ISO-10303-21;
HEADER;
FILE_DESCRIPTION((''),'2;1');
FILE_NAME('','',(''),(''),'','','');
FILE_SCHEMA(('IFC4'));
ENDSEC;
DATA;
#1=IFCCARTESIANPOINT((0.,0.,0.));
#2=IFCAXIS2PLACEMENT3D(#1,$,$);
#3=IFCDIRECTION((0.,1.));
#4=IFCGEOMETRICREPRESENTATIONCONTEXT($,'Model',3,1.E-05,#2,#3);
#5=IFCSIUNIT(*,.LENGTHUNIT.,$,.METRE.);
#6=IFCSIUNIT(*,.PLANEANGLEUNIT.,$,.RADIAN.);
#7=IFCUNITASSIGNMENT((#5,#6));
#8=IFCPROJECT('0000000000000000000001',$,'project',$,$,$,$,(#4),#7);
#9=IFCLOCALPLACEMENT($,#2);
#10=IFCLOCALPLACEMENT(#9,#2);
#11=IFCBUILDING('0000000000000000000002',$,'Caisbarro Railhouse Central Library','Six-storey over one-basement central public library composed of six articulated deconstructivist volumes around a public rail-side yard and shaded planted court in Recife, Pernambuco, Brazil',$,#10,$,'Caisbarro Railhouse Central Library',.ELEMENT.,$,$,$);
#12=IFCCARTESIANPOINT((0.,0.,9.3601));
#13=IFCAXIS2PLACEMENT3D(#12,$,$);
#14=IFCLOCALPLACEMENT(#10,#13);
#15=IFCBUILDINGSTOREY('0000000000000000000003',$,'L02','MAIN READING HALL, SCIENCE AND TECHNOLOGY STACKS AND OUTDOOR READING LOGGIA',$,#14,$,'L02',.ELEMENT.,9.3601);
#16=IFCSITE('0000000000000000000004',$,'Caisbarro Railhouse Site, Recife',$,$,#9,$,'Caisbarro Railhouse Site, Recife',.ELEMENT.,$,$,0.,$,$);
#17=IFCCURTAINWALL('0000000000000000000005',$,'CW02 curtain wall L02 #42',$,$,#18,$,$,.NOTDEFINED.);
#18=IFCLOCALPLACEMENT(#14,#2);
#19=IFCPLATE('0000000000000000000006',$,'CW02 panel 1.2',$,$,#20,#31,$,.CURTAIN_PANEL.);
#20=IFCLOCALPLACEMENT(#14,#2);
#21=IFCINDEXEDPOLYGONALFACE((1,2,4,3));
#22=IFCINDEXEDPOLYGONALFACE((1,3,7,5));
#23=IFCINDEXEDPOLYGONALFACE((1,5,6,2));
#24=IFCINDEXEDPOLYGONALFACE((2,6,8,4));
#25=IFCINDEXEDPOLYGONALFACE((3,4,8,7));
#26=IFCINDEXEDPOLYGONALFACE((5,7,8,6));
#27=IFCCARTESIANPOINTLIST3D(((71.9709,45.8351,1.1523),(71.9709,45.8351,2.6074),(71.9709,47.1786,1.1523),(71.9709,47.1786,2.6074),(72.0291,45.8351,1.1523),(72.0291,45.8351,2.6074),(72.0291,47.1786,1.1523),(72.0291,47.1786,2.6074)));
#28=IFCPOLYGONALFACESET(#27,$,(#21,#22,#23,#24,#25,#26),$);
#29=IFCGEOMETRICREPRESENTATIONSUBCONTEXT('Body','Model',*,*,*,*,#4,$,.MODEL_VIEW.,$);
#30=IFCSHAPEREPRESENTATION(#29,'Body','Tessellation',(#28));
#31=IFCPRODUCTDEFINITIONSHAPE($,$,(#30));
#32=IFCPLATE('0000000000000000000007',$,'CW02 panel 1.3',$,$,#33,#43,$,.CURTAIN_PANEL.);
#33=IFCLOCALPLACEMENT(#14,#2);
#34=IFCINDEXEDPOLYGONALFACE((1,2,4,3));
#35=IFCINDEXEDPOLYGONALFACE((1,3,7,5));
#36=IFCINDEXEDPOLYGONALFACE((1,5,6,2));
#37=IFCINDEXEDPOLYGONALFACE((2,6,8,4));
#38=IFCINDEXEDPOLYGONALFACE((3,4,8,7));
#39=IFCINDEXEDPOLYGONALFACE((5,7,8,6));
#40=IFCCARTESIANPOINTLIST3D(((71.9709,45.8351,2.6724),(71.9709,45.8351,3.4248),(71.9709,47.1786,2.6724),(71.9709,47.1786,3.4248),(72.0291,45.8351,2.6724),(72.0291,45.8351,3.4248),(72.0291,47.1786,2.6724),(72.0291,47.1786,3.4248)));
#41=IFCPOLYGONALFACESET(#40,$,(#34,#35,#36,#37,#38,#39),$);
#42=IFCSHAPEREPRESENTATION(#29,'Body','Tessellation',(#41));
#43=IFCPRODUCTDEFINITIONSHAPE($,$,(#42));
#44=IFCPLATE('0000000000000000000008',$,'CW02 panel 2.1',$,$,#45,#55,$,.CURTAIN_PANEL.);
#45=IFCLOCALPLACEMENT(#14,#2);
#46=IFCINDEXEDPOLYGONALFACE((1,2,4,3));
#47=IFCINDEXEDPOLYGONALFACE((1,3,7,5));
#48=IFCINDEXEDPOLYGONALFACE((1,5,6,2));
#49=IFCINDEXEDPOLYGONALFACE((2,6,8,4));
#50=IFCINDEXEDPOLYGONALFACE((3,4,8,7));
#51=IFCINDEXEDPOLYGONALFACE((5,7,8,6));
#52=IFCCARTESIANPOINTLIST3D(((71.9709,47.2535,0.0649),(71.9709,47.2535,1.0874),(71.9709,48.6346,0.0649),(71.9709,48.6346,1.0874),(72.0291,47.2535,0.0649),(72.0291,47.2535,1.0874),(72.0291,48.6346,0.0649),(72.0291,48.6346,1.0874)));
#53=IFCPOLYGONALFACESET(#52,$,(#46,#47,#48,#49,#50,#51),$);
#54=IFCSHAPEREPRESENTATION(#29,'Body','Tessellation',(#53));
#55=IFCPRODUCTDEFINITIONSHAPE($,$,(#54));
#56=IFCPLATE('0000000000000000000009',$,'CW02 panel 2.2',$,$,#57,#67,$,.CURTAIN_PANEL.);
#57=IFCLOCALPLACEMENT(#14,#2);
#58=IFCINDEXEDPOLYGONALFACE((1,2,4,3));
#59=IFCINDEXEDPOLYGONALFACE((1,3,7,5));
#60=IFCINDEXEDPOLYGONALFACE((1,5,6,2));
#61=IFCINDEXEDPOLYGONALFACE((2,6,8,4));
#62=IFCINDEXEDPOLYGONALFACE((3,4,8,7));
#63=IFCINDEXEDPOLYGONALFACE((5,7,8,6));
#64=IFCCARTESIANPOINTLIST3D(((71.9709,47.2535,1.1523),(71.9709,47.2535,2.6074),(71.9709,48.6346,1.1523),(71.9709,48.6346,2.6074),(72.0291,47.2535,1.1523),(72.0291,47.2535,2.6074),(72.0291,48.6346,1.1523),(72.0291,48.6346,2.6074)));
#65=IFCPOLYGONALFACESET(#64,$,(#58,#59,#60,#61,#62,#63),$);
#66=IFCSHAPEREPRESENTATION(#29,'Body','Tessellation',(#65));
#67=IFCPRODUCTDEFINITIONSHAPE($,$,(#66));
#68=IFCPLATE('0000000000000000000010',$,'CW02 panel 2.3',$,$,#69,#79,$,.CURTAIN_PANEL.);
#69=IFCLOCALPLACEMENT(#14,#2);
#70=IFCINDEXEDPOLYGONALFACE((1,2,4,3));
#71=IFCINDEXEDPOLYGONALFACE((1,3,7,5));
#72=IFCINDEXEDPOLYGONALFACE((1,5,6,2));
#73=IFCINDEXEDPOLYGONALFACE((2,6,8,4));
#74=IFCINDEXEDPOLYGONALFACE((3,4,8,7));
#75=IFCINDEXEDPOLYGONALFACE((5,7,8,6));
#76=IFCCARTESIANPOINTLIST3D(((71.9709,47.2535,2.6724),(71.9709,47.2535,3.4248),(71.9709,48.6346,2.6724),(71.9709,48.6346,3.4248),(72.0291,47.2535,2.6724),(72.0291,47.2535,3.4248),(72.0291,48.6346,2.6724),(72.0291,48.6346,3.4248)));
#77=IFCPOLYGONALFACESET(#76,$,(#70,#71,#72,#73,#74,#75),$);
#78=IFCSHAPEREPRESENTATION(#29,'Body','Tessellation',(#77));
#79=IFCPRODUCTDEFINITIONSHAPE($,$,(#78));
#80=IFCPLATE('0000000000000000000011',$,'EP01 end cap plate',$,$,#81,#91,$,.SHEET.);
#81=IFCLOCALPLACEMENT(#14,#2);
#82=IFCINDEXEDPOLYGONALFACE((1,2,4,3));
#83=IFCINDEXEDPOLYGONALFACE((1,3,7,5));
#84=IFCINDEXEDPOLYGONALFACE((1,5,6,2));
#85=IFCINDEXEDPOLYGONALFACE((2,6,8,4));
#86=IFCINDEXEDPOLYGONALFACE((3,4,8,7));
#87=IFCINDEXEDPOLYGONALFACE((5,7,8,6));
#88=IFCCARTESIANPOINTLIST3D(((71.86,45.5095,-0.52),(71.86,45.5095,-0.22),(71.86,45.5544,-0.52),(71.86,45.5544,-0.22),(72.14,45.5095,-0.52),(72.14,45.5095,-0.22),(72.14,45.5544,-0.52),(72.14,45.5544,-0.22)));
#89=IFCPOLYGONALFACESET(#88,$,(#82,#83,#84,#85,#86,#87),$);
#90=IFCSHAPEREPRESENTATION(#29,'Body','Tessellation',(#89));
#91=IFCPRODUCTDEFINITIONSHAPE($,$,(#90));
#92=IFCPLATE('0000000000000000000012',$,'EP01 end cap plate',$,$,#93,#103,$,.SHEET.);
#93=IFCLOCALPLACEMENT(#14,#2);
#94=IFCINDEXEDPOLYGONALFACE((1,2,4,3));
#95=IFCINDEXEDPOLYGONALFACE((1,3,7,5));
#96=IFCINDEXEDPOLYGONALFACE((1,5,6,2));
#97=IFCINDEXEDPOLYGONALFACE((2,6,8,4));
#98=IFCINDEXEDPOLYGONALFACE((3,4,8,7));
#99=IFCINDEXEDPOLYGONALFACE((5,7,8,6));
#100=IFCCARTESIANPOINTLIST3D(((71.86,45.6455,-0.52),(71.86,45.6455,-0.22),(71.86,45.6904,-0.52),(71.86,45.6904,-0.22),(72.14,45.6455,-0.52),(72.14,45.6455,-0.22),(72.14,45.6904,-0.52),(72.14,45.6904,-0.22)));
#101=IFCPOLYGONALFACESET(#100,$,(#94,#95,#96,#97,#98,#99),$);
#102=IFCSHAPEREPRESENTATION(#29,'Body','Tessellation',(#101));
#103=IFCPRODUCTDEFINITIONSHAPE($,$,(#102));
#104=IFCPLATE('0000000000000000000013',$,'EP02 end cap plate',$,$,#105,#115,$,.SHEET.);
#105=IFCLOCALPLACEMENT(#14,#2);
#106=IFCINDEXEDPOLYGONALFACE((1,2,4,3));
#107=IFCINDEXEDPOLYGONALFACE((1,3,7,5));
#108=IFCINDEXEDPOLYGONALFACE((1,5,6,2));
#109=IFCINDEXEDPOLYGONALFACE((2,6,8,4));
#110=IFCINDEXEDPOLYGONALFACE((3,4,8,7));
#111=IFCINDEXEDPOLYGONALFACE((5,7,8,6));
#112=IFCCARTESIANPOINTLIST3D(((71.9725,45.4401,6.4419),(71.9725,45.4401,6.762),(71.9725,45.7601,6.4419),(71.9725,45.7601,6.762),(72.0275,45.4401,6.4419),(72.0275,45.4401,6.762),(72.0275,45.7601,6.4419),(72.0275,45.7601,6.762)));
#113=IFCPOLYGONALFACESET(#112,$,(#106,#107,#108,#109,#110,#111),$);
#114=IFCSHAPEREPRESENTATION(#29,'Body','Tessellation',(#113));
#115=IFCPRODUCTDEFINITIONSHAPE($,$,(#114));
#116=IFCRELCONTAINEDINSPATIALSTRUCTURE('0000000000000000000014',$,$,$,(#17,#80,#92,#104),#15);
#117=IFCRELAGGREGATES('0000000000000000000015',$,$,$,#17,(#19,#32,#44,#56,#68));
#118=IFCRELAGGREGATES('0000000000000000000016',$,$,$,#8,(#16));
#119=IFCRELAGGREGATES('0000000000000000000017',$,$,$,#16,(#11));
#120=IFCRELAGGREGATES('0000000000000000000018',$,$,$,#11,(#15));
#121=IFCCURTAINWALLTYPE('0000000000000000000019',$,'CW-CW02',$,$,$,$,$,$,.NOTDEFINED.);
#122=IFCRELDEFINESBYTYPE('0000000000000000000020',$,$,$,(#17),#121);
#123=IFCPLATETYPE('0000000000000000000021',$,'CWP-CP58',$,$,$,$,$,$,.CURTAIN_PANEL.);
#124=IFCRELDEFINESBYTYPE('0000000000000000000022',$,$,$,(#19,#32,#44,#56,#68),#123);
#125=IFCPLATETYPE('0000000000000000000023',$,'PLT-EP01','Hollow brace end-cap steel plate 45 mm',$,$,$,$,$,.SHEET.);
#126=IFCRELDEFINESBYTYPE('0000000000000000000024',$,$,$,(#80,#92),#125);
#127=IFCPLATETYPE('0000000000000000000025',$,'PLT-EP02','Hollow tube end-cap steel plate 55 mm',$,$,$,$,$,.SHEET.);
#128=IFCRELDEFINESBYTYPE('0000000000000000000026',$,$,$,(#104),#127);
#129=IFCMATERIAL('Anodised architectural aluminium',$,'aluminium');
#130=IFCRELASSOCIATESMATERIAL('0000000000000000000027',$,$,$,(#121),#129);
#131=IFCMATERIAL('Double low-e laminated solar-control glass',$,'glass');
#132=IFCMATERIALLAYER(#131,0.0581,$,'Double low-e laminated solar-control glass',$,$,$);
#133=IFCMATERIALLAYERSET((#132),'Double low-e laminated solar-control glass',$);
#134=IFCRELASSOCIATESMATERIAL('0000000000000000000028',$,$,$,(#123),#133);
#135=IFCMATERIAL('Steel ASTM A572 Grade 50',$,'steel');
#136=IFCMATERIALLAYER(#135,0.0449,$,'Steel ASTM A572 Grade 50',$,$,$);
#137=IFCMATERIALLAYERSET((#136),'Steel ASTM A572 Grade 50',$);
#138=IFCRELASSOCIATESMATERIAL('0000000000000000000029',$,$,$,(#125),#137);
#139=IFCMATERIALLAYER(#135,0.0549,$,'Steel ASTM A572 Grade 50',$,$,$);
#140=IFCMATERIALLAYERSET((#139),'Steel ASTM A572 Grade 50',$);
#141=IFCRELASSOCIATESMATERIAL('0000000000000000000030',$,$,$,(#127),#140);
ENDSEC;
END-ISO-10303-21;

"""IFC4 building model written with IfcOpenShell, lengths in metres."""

from ifc_helpers import new_model, si_unit, direction, frame, origin, origin_2d, place, context, subcontext, project, spatial, rectangle, extrude, material, layer, layer_set, type_object, element, aggregate, save


model = new_model("IFC4")

# Units and contexts
model_context = context("Model", 3, precision=1e-05, world=origin(), true_north=direction((0.0, 1.0)))
body_context = subcontext(model_context, "Body", "Model", "MODEL_VIEW")
ifc_project = project(units=[si_unit("LENGTHUNIT", "METRE"), si_unit("PLANEANGLEUNIT", "RADIAN")], contexts=[model_context])

# Site, building, storey
site_placement = place(None, origin())
site = spatial("IfcSite", under=ifc_project, at=site_placement, Name="Caisbarro Railhouse Site, Recife", LongName="Caisbarro Railhouse Site, Recife", CompositionType="ELEMENT", RefElevation=0.0)
building_placement = place(site_placement, origin())
building = spatial("IfcBuilding", under=site, at=building_placement, Name="Caisbarro Railhouse Central Library", Description="Six-storey over one-basement central public library composed of six articulated deconstructivist volumes around a public rail-side yard and shaded planted court in Recife, Pernambuco, Brazil", LongName="Caisbarro Railhouse Central Library", CompositionType="ELEMENT")
storey_placement = place(building_placement, frame((0.0, 0.0, 9.3601)))
storey = spatial("IfcBuildingStorey", under=building, at=storey_placement, Name="L02", Description="MAIN READING HALL, SCIENCE AND TECHNOLOGY STACKS AND OUTDOOR READING LOGGIA", LongName="L02", CompositionType="ELEMENT", Elevation=9.3601)

# Shared definitions
ifc_material_1 = material(Name="Steel ASTM A572 Grade 50", Category="steel")

# Shared definitions
ifc_material_2 = material(Name="Anodised architectural aluminium", Category="aluminium")
curtain_wall_type = type_object("IfcCurtainWallType", Name="CW-CW02", PredefinedType="NOTDEFINED", material=ifc_material_2)

# Curtain wall
curtain_wall_1_placement = place(storey_placement, origin())
curtain_wall_1 = element("IfcCurtainWall", 1, at=curtain_wall_1_placement, inside=storey, type_object=curtain_wall_type, Name="CW02 curtain wall L02 #42", PredefinedType="NOTDEFINED")

# Plates
ifc_material_3 = material(Name="Double low-e laminated solar-control glass", Category="glass")
ifc_layer_1 = layer(ifc_material_3, 0.0581, Name="Double low-e laminated solar-control glass")
ifc_layer_set_1 = layer_set([ifc_layer_1], Name="Double low-e laminated solar-control glass")
plate_type_1 = type_object("IfcPlateType", Name="CWP-CP58", PredefinedType="CURTAIN_PANEL", material=ifc_layer_set_1)
plate_1_placement = place(storey_placement, frame((72.0, 46.5068, 1.1523), z_axis=(0.0, 0.0, 1.0), x_axis=(0.0, 1.0, 0.0)))
plate_1 = element("IfcPlate", 2, at=plate_1_placement, type_object=plate_type_1, Name="CW02 panel 1.2", PredefinedType="CURTAIN_PANEL", context=body_context, shape_type="SweptSolid", body=[
    extrude(rectangle(XDim=1.3435, YDim=0.0581, at=origin_2d()), origin(), (0.0, 0.0, 1.0), 1.4551),
])
plate_2_placement = place(storey_placement, frame((72.0, 46.5068, 2.6724), z_axis=(0.0, 0.0, 1.0), x_axis=(0.0, 1.0, 0.0)))
plate_2 = element("IfcPlate", 3, at=plate_2_placement, type_object=plate_type_1, Name="CW02 panel 1.3", PredefinedType="CURTAIN_PANEL", context=body_context, shape_type="SweptSolid", body=[
    extrude(rectangle(XDim=1.3435, YDim=0.0581, at=origin_2d()), origin(), (0.0, 0.0, 1.0), 0.7524),
])
plate_3_placement = place(storey_placement, frame((72.0, 47.9441, 0.0649), z_axis=(0.0, 0.0, 1.0), x_axis=(0.0, 1.0, 0.0)))
plate_3 = element("IfcPlate", 4, at=plate_3_placement, type_object=plate_type_1, Name="CW02 panel 2.1", PredefinedType="CURTAIN_PANEL", context=body_context, shape_type="SweptSolid", body=[
    extrude(rectangle(XDim=1.3811, YDim=0.0581, at=origin_2d()), origin(), (0.0, 0.0, 1.0), 1.0225),
])
plate_4_placement = place(storey_placement, frame((72.0, 47.9441, 1.1523), z_axis=(0.0, 0.0, 1.0), x_axis=(0.0, 1.0, 0.0)))
plate_4 = element("IfcPlate", 5, at=plate_4_placement, type_object=plate_type_1, Name="CW02 panel 2.2", PredefinedType="CURTAIN_PANEL", context=body_context, shape_type="SweptSolid", body=[
    extrude(rectangle(XDim=1.3811, YDim=0.0581, at=origin_2d()), origin(), (0.0, 0.0, 1.0), 1.4551),
])
plate_5_placement = place(storey_placement, frame((72.0, 47.9441, 2.6724), z_axis=(0.0, 0.0, 1.0), x_axis=(0.0, 1.0, 0.0)))
plate_5 = element("IfcPlate", 6, at=plate_5_placement, type_object=plate_type_1, Name="CW02 panel 2.3", PredefinedType="CURTAIN_PANEL", context=body_context, shape_type="SweptSolid", body=[
    extrude(rectangle(XDim=1.3811, YDim=0.0581, at=origin_2d()), origin(), (0.0, 0.0, 1.0), 0.7524),
])
aggregate(curtain_wall_1, [plate_1, plate_2, plate_3, plate_4, plate_5])

# Plates
ifc_layer_2 = layer(ifc_material_1, 0.0449, Name="Steel ASTM A572 Grade 50")
ifc_layer_set_2 = layer_set([ifc_layer_2], Name="Steel ASTM A572 Grade 50")
plate_type_2 = type_object("IfcPlateType", Name="PLT-EP01", Description="Hollow brace end-cap steel plate 45 mm", PredefinedType="SHEET", material=ifc_layer_set_2)
for number, where, z_axis, x_axis, name in (
    (7, (72.0, 45.532, -0.52), (0.0, 0.0, 1.0), (0.0, 1.0, 0.0), "EP01 end cap plate"),
    (8, (72.0, 45.668, -0.52), (0.0, 0.0, 1.0), (0.0, 1.0, 0.0), "EP01 end cap plate"),
):
    element("IfcPlate", number, at=place(storey_placement, frame(where, z_axis=z_axis, x_axis=x_axis)), inside=storey, type_object=plate_type_2, Name=name, PredefinedType="SHEET", context=body_context, shape_type="SweptSolid", body=[
        extrude(rectangle(XDim=0.0449, YDim=0.28, at=origin_2d()), origin(), (0.0, 0.0, 1.0), 0.3),
    ])
ifc_layer_3 = layer(ifc_material_1, 0.0549, Name="Steel ASTM A572 Grade 50")
ifc_layer_set_3 = layer_set([ifc_layer_3], Name="Steel ASTM A572 Grade 50")
plate_type_3 = type_object("IfcPlateType", Name="PLT-EP02", Description="Hollow tube end-cap steel plate 55 mm", PredefinedType="SHEET", material=ifc_layer_set_3)
plate_6_placement = place(storey_placement, frame((72.0, 45.6001, 6.4419), z_axis=(0.0, 0.0, 1.0), x_axis=(1.0, 0.0, 0.0)))
element("IfcPlate", 9, at=plate_6_placement, inside=storey, type_object=plate_type_3, Name="EP02 end cap plate", PredefinedType="SHEET", context=body_context, shape_type="SweptSolid", body=[
    extrude(rectangle(XDim=0.0549, YDim=0.3201, at=origin_2d()), origin(), (0.0, 0.0, 1.0), 0.3201),
])

save(model, "model.ifc")
